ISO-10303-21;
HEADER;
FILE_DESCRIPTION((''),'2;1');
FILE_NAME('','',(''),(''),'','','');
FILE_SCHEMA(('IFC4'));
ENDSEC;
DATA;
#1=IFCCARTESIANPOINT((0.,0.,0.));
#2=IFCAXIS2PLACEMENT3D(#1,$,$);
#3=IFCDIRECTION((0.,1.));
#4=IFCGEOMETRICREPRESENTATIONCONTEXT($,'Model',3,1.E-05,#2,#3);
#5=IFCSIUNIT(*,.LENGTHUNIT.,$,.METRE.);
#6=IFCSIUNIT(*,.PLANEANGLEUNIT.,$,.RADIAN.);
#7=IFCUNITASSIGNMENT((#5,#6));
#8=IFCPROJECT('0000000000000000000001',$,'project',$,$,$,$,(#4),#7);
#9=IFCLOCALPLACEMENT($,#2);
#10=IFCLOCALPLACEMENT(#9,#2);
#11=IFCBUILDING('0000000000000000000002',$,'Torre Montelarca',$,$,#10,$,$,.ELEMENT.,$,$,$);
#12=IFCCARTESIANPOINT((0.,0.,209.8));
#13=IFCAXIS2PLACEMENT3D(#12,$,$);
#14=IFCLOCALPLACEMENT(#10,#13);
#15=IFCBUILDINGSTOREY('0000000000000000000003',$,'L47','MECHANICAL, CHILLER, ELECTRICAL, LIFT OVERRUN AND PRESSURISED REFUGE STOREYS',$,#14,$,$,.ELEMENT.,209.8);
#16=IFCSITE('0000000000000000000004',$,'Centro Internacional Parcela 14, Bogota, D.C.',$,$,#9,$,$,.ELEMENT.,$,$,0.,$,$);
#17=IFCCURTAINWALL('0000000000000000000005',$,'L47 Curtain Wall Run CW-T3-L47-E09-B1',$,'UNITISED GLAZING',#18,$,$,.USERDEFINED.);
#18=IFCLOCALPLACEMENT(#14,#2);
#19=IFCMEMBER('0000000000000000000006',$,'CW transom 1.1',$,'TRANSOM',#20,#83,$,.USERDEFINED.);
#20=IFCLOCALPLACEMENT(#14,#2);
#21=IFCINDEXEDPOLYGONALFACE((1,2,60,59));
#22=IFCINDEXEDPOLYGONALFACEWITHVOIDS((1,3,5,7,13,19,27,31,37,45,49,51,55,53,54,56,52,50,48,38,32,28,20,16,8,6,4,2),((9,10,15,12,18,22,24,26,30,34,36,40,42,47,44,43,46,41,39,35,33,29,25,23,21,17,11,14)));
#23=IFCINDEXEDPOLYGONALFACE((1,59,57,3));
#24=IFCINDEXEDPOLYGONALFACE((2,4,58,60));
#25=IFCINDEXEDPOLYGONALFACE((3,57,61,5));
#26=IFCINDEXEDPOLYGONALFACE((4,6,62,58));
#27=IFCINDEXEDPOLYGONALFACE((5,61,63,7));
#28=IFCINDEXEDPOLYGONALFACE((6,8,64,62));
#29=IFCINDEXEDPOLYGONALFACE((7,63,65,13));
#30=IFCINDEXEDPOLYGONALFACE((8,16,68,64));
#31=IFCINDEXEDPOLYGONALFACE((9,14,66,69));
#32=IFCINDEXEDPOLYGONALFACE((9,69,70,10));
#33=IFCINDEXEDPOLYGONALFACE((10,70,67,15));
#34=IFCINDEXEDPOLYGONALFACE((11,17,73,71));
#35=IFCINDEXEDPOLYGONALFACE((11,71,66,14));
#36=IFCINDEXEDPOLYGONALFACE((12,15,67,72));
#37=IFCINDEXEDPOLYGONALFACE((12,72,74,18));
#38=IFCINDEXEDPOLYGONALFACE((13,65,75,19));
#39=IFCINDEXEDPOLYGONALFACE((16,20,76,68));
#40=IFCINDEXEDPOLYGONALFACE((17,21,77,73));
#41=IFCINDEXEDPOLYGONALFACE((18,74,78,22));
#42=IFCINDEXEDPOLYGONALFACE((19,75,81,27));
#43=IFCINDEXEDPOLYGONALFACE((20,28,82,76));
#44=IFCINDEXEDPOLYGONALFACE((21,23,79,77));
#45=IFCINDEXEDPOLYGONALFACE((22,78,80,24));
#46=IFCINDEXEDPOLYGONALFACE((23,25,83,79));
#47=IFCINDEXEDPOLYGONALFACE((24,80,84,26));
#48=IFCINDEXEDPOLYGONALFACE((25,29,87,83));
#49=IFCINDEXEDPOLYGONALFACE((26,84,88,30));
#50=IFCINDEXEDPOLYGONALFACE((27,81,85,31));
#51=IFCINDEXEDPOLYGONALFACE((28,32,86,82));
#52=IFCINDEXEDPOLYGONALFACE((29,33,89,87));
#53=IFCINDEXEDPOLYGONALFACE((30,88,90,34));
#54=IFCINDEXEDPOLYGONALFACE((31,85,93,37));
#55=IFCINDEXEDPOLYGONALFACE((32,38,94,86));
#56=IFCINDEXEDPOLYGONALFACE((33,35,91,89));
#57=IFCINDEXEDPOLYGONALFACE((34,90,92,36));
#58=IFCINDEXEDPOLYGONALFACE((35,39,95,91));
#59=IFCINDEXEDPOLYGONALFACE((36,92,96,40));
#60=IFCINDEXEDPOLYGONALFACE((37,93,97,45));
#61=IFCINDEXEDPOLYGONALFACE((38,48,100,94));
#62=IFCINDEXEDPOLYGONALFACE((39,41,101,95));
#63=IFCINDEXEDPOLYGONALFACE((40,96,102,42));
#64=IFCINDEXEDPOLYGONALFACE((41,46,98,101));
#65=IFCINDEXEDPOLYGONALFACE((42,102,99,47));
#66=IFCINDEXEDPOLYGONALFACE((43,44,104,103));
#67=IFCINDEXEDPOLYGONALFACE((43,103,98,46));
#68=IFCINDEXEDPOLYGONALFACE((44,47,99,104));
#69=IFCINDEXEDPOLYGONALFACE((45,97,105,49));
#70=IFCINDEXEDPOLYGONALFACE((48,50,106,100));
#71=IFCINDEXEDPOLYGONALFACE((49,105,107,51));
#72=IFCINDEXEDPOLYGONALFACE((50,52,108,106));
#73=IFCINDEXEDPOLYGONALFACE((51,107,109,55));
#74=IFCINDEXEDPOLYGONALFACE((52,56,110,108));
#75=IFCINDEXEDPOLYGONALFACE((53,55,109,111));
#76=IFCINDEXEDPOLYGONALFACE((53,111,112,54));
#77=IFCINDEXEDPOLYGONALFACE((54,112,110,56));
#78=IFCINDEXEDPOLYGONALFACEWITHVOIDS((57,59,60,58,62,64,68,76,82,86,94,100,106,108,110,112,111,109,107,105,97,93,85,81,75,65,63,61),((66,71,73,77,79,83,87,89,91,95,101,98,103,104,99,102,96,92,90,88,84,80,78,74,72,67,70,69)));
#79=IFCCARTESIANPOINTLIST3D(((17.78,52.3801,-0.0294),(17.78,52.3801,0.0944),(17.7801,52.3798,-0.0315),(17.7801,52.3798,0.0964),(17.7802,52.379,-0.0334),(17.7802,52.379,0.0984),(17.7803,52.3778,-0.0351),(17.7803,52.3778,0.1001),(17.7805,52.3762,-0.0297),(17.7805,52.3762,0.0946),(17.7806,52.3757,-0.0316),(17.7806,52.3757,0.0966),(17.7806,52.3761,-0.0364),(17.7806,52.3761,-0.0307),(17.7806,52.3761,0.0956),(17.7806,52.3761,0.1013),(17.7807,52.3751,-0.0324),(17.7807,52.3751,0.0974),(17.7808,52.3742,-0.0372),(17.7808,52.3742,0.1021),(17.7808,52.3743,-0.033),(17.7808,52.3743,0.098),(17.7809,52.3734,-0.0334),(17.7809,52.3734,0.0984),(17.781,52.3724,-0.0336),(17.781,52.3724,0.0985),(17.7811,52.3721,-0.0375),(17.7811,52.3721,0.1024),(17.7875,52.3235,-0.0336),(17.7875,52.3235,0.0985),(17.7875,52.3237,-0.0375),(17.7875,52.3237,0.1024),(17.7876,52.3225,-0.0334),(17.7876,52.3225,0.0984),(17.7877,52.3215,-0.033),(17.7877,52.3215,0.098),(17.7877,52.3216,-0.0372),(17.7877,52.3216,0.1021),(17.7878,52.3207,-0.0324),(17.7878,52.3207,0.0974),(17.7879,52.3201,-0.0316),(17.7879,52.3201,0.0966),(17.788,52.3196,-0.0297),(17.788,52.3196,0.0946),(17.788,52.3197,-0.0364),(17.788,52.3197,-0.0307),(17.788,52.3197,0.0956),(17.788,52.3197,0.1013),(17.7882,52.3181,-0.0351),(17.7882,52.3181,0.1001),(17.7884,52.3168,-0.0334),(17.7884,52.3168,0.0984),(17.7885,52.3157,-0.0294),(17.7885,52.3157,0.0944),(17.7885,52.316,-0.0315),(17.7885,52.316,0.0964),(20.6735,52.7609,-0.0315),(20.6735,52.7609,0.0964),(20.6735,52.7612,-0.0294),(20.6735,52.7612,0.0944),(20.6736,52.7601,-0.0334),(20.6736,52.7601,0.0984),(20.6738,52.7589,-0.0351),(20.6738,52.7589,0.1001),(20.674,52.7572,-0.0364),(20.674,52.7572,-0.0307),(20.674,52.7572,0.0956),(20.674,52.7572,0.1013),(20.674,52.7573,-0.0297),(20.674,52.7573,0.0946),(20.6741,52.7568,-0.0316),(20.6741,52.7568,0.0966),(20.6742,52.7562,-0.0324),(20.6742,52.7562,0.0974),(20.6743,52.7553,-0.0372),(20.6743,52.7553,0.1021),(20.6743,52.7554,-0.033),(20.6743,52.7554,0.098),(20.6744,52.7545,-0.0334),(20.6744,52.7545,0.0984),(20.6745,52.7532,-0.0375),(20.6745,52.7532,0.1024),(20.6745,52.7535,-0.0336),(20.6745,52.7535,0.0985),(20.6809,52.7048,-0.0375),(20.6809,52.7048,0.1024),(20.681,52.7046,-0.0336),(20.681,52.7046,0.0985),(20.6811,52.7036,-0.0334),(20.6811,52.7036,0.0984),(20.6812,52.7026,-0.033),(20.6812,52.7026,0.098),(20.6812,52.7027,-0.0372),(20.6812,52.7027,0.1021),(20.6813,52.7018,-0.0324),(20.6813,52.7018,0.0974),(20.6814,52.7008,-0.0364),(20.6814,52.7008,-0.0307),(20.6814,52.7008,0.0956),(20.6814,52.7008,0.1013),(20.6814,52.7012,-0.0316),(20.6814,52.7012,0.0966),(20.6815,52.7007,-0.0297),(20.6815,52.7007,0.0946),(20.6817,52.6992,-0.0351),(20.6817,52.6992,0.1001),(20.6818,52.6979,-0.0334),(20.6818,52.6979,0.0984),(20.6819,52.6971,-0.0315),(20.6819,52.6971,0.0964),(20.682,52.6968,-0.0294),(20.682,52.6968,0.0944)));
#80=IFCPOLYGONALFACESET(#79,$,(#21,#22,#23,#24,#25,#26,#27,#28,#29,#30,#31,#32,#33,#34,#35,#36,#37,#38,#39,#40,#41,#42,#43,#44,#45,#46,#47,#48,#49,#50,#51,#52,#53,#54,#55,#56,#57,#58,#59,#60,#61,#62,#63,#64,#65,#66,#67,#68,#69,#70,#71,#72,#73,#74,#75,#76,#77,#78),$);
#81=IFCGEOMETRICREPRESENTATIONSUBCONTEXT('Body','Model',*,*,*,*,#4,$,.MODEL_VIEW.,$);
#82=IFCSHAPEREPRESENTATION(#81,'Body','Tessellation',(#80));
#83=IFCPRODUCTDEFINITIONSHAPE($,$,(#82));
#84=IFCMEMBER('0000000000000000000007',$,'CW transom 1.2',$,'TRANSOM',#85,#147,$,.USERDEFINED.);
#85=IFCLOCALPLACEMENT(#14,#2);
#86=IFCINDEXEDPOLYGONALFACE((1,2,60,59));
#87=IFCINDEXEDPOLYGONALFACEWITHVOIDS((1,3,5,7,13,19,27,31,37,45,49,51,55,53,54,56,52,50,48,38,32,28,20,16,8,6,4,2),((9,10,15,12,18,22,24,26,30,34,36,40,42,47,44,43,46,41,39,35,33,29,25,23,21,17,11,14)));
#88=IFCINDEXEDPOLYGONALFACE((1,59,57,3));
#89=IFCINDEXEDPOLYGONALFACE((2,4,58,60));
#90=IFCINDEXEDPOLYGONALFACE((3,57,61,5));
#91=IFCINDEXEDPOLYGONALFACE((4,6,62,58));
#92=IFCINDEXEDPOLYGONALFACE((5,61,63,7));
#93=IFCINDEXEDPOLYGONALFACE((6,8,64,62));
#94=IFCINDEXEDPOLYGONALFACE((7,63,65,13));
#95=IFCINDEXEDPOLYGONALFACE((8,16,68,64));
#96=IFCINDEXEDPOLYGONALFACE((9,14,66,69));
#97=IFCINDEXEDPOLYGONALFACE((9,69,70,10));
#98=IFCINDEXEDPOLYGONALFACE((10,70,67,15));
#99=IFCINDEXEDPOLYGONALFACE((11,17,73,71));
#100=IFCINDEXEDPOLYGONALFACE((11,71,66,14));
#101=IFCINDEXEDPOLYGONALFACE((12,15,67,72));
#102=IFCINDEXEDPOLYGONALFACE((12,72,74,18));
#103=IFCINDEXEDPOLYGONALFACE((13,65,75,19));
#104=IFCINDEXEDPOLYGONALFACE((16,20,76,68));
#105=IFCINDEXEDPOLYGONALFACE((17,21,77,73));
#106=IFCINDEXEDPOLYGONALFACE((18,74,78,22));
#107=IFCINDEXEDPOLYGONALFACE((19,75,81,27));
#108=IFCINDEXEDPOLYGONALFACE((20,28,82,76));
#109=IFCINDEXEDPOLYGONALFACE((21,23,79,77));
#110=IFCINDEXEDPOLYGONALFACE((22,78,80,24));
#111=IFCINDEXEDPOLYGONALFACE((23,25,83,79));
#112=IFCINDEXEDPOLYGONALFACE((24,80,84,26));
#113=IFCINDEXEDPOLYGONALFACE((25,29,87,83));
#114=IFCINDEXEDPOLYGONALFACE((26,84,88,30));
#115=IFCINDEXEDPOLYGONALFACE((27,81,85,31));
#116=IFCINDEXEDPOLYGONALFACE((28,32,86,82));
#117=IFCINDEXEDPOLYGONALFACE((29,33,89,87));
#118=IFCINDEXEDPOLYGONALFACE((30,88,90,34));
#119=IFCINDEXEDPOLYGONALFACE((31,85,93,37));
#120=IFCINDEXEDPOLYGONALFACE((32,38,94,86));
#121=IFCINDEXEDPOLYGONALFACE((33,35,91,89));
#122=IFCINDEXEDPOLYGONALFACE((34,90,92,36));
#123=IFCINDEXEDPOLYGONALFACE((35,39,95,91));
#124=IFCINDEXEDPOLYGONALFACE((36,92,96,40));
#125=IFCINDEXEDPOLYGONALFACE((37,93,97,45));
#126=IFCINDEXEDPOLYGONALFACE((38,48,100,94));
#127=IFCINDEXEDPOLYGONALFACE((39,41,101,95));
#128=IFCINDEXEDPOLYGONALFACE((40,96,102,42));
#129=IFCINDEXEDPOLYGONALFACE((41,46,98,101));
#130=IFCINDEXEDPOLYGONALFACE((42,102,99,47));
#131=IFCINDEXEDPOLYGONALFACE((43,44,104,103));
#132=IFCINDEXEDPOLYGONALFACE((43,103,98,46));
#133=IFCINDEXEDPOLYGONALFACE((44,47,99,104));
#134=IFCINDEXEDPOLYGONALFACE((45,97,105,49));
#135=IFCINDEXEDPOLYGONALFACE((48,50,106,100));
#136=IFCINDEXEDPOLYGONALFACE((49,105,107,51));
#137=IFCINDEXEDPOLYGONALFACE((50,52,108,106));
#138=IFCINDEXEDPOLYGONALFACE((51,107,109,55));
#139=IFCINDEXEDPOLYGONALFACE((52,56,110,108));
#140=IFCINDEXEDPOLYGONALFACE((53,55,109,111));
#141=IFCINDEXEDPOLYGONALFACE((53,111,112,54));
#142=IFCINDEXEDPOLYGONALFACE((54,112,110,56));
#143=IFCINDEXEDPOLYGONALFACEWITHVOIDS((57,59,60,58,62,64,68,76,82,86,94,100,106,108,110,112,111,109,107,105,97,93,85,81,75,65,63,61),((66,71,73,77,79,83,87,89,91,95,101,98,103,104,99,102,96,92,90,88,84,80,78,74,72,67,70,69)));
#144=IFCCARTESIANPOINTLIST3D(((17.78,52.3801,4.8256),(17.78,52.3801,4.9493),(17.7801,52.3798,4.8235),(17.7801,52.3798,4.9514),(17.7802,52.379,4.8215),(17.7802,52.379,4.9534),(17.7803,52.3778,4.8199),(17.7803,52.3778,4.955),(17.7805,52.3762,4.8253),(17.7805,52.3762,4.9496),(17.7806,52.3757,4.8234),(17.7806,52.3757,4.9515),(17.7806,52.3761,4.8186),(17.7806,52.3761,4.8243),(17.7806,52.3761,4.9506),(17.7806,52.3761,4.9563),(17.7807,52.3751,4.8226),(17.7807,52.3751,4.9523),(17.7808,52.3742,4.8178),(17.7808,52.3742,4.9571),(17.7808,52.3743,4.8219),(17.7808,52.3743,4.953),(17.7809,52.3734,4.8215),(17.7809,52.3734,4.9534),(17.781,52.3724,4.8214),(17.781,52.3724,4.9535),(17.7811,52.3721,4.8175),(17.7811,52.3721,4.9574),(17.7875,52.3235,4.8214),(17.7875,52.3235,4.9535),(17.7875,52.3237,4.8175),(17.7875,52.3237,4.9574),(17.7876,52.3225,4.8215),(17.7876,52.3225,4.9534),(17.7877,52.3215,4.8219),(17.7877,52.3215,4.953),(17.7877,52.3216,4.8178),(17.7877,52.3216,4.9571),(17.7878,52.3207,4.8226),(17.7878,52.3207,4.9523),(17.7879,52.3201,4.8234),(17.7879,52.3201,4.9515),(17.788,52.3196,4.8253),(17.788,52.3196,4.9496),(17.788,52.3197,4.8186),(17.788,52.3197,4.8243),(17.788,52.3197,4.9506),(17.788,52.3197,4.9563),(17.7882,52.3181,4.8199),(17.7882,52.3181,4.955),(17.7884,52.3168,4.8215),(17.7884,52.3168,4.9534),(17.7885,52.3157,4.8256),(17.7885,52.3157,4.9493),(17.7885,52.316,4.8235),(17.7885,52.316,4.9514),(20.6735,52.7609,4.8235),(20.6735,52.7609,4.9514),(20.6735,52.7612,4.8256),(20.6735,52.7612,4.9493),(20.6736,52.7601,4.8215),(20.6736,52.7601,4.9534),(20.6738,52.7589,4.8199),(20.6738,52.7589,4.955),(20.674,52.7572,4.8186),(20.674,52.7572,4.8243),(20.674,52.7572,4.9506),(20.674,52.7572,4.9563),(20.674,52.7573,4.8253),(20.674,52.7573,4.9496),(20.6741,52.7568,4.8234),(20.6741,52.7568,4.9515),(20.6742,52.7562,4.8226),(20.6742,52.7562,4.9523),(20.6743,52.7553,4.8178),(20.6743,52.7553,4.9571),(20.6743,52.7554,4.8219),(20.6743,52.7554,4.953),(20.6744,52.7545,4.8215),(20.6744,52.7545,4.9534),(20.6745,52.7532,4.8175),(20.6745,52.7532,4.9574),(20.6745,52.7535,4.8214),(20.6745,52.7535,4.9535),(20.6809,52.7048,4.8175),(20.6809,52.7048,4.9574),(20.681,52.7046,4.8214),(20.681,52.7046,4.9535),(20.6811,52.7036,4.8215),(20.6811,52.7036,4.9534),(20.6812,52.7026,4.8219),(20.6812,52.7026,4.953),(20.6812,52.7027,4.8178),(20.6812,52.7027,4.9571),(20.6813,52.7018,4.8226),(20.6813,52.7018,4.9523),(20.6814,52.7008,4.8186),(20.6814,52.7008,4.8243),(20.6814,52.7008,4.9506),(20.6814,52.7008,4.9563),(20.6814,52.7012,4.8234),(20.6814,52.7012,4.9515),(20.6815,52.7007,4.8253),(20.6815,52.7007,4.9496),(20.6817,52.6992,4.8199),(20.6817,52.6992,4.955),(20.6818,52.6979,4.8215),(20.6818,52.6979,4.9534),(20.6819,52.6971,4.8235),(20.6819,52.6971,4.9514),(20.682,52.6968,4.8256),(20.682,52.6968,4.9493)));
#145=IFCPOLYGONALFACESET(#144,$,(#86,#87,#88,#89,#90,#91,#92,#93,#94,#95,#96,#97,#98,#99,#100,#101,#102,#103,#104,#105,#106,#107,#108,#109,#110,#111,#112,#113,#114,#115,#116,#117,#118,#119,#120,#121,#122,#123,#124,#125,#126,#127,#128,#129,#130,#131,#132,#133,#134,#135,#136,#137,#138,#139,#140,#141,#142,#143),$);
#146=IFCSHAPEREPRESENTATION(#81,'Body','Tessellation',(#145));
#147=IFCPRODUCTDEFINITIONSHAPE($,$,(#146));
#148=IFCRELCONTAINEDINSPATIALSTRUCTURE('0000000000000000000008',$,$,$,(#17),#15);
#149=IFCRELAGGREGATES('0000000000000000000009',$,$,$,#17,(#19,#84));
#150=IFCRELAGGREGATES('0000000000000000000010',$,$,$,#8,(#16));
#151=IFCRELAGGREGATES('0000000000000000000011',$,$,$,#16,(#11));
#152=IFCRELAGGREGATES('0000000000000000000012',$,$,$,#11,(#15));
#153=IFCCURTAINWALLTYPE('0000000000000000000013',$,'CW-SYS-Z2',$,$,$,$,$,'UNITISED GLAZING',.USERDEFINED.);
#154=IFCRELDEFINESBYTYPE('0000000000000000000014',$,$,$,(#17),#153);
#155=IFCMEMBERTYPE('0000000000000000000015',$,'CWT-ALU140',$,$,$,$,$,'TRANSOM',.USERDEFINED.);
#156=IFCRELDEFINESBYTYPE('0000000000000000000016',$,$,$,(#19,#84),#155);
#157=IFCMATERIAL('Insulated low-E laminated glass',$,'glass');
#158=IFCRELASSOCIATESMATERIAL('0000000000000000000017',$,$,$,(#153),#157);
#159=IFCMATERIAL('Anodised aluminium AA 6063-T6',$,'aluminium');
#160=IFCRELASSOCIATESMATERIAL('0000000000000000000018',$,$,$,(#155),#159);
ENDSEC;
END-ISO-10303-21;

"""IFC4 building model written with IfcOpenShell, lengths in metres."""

from ifc_helpers import new_model, si_unit, direction, frame, origin, origin_2d, place, context, subcontext, project, spatial, hollow_rectangle, extrude, source, transform, mapped, material, material_profile, profile_set, type_object, element, aggregate, save


model = new_model("IFC4")

# Units and contexts
model_context = context("Model", 3, precision=1e-05, world=origin(), true_north=direction((0.0, 1.0)))
body_context = subcontext(model_context, "Body", "Model", "MODEL_VIEW")
ifc_project = project(units=[si_unit("LENGTHUNIT", "METRE"), si_unit("PLANEANGLEUNIT", "RADIAN")], contexts=[model_context])

# Site, building, storey
site_placement = place(None, origin())
site = spatial("IfcSite", under=ifc_project, at=site_placement, Name="Centro Internacional Parcela 14, Bogota, D.C.", CompositionType="ELEMENT", RefElevation=0.0)
building_placement = place(site_placement, origin())
building = spatial("IfcBuilding", under=site, at=building_placement, Name="Torre Montelarca", CompositionType="ELEMENT")
storey_placement = place(building_placement, frame((0.0, 0.0, 209.8)))
storey = spatial("IfcBuildingStorey", under=building, at=storey_placement, Name="L47", Description="MECHANICAL, CHILLER, ELECTRICAL, LIFT OVERRUN AND PRESSURISED REFUGE STOREYS", CompositionType="ELEMENT", Elevation=209.8)

# Curtain wall, members
ifc_material_1 = material(Name="Insulated low-E laminated glass", Category="glass")
curtain_wall_type = type_object("IfcCurtainWallType", Name="CW-SYS-Z2", ElementType="UNITISED GLAZING", PredefinedType="USERDEFINED", material=ifc_material_1)
curtain_wall_1_placement = place(storey_placement, origin())
curtain_wall_1 = element("IfcCurtainWall", 1, at=curtain_wall_1_placement, inside=storey, type_object=curtain_wall_type, Name="L47 Curtain Wall Run CW-T3-L47-E09-B1", ObjectType="UNITISED GLAZING", PredefinedType="USERDEFINED")
ifc_material_2 = material(Name="Anodised aluminium AA 6063-T6", Category="aluminium")
ifc_material_profile_1 = material_profile(ifc_material_2, hollow_rectangle(XDim=0.0649, YDim=0.1399, WallThickness=0.0039, InnerFilletRadius=0.0039, OuterFilletRadius=0.0081, at=origin_2d()), Name="ALU65X140X4", Category="aluminium")
ifc_profile_set_1 = profile_set([ifc_material_profile_1], Name="Anodised aluminium AA 6063-T6")
member_type_1 = type_object("IfcMemberType", Name="CWT-ALU140", ElementType="TRANSOM", PredefinedType="USERDEFINED", material=ifc_profile_set_1)
shared_shape_1 = source(origin(), body_context, "Body", "SweptSolid", [
    extrude(hollow_rectangle(XDim=0.0649, YDim=0.1399, WallThickness=0.0039, InnerFilletRadius=0.0039, OuterFilletRadius=0.0081, at=origin_2d()), origin(), (0.0, 0.0, 1.0), 2.9185),
])
member_1_placement = place(storey_placement, frame((20.6777, 52.729, 0.0325), z_axis=(-0.991438, -0.13058, 0.0), x_axis=(0.13058, -0.991438, 0.0)))
member_1 = element("IfcMember", 2, at=member_1_placement, type_object=member_type_1, Name="CW transom 1.1", ObjectType="TRANSOM", PredefinedType="USERDEFINED", context=body_context, shape_type="MappedRepresentation", body=[
    mapped(shared_shape_1, transform((0.0, 0.0, 0.0), scale=1.0)),
])
member_2_placement = place(storey_placement, frame((20.6777, 52.729, 4.8875), z_axis=(-0.991438, -0.13058, 0.0), x_axis=(0.13058, -0.991438, 0.0)))
member_2 = element("IfcMember", 3, at=member_2_placement, type_object=member_type_1, Name="CW transom 1.2", ObjectType="TRANSOM", PredefinedType="USERDEFINED", context=body_context, shape_type="MappedRepresentation", body=[
    mapped(shared_shape_1, transform((0.0, 0.0, 0.0), scale=1.0)),
])

aggregate(curtain_wall_1, [member_1, member_2])

save(model, "model.ifc")
